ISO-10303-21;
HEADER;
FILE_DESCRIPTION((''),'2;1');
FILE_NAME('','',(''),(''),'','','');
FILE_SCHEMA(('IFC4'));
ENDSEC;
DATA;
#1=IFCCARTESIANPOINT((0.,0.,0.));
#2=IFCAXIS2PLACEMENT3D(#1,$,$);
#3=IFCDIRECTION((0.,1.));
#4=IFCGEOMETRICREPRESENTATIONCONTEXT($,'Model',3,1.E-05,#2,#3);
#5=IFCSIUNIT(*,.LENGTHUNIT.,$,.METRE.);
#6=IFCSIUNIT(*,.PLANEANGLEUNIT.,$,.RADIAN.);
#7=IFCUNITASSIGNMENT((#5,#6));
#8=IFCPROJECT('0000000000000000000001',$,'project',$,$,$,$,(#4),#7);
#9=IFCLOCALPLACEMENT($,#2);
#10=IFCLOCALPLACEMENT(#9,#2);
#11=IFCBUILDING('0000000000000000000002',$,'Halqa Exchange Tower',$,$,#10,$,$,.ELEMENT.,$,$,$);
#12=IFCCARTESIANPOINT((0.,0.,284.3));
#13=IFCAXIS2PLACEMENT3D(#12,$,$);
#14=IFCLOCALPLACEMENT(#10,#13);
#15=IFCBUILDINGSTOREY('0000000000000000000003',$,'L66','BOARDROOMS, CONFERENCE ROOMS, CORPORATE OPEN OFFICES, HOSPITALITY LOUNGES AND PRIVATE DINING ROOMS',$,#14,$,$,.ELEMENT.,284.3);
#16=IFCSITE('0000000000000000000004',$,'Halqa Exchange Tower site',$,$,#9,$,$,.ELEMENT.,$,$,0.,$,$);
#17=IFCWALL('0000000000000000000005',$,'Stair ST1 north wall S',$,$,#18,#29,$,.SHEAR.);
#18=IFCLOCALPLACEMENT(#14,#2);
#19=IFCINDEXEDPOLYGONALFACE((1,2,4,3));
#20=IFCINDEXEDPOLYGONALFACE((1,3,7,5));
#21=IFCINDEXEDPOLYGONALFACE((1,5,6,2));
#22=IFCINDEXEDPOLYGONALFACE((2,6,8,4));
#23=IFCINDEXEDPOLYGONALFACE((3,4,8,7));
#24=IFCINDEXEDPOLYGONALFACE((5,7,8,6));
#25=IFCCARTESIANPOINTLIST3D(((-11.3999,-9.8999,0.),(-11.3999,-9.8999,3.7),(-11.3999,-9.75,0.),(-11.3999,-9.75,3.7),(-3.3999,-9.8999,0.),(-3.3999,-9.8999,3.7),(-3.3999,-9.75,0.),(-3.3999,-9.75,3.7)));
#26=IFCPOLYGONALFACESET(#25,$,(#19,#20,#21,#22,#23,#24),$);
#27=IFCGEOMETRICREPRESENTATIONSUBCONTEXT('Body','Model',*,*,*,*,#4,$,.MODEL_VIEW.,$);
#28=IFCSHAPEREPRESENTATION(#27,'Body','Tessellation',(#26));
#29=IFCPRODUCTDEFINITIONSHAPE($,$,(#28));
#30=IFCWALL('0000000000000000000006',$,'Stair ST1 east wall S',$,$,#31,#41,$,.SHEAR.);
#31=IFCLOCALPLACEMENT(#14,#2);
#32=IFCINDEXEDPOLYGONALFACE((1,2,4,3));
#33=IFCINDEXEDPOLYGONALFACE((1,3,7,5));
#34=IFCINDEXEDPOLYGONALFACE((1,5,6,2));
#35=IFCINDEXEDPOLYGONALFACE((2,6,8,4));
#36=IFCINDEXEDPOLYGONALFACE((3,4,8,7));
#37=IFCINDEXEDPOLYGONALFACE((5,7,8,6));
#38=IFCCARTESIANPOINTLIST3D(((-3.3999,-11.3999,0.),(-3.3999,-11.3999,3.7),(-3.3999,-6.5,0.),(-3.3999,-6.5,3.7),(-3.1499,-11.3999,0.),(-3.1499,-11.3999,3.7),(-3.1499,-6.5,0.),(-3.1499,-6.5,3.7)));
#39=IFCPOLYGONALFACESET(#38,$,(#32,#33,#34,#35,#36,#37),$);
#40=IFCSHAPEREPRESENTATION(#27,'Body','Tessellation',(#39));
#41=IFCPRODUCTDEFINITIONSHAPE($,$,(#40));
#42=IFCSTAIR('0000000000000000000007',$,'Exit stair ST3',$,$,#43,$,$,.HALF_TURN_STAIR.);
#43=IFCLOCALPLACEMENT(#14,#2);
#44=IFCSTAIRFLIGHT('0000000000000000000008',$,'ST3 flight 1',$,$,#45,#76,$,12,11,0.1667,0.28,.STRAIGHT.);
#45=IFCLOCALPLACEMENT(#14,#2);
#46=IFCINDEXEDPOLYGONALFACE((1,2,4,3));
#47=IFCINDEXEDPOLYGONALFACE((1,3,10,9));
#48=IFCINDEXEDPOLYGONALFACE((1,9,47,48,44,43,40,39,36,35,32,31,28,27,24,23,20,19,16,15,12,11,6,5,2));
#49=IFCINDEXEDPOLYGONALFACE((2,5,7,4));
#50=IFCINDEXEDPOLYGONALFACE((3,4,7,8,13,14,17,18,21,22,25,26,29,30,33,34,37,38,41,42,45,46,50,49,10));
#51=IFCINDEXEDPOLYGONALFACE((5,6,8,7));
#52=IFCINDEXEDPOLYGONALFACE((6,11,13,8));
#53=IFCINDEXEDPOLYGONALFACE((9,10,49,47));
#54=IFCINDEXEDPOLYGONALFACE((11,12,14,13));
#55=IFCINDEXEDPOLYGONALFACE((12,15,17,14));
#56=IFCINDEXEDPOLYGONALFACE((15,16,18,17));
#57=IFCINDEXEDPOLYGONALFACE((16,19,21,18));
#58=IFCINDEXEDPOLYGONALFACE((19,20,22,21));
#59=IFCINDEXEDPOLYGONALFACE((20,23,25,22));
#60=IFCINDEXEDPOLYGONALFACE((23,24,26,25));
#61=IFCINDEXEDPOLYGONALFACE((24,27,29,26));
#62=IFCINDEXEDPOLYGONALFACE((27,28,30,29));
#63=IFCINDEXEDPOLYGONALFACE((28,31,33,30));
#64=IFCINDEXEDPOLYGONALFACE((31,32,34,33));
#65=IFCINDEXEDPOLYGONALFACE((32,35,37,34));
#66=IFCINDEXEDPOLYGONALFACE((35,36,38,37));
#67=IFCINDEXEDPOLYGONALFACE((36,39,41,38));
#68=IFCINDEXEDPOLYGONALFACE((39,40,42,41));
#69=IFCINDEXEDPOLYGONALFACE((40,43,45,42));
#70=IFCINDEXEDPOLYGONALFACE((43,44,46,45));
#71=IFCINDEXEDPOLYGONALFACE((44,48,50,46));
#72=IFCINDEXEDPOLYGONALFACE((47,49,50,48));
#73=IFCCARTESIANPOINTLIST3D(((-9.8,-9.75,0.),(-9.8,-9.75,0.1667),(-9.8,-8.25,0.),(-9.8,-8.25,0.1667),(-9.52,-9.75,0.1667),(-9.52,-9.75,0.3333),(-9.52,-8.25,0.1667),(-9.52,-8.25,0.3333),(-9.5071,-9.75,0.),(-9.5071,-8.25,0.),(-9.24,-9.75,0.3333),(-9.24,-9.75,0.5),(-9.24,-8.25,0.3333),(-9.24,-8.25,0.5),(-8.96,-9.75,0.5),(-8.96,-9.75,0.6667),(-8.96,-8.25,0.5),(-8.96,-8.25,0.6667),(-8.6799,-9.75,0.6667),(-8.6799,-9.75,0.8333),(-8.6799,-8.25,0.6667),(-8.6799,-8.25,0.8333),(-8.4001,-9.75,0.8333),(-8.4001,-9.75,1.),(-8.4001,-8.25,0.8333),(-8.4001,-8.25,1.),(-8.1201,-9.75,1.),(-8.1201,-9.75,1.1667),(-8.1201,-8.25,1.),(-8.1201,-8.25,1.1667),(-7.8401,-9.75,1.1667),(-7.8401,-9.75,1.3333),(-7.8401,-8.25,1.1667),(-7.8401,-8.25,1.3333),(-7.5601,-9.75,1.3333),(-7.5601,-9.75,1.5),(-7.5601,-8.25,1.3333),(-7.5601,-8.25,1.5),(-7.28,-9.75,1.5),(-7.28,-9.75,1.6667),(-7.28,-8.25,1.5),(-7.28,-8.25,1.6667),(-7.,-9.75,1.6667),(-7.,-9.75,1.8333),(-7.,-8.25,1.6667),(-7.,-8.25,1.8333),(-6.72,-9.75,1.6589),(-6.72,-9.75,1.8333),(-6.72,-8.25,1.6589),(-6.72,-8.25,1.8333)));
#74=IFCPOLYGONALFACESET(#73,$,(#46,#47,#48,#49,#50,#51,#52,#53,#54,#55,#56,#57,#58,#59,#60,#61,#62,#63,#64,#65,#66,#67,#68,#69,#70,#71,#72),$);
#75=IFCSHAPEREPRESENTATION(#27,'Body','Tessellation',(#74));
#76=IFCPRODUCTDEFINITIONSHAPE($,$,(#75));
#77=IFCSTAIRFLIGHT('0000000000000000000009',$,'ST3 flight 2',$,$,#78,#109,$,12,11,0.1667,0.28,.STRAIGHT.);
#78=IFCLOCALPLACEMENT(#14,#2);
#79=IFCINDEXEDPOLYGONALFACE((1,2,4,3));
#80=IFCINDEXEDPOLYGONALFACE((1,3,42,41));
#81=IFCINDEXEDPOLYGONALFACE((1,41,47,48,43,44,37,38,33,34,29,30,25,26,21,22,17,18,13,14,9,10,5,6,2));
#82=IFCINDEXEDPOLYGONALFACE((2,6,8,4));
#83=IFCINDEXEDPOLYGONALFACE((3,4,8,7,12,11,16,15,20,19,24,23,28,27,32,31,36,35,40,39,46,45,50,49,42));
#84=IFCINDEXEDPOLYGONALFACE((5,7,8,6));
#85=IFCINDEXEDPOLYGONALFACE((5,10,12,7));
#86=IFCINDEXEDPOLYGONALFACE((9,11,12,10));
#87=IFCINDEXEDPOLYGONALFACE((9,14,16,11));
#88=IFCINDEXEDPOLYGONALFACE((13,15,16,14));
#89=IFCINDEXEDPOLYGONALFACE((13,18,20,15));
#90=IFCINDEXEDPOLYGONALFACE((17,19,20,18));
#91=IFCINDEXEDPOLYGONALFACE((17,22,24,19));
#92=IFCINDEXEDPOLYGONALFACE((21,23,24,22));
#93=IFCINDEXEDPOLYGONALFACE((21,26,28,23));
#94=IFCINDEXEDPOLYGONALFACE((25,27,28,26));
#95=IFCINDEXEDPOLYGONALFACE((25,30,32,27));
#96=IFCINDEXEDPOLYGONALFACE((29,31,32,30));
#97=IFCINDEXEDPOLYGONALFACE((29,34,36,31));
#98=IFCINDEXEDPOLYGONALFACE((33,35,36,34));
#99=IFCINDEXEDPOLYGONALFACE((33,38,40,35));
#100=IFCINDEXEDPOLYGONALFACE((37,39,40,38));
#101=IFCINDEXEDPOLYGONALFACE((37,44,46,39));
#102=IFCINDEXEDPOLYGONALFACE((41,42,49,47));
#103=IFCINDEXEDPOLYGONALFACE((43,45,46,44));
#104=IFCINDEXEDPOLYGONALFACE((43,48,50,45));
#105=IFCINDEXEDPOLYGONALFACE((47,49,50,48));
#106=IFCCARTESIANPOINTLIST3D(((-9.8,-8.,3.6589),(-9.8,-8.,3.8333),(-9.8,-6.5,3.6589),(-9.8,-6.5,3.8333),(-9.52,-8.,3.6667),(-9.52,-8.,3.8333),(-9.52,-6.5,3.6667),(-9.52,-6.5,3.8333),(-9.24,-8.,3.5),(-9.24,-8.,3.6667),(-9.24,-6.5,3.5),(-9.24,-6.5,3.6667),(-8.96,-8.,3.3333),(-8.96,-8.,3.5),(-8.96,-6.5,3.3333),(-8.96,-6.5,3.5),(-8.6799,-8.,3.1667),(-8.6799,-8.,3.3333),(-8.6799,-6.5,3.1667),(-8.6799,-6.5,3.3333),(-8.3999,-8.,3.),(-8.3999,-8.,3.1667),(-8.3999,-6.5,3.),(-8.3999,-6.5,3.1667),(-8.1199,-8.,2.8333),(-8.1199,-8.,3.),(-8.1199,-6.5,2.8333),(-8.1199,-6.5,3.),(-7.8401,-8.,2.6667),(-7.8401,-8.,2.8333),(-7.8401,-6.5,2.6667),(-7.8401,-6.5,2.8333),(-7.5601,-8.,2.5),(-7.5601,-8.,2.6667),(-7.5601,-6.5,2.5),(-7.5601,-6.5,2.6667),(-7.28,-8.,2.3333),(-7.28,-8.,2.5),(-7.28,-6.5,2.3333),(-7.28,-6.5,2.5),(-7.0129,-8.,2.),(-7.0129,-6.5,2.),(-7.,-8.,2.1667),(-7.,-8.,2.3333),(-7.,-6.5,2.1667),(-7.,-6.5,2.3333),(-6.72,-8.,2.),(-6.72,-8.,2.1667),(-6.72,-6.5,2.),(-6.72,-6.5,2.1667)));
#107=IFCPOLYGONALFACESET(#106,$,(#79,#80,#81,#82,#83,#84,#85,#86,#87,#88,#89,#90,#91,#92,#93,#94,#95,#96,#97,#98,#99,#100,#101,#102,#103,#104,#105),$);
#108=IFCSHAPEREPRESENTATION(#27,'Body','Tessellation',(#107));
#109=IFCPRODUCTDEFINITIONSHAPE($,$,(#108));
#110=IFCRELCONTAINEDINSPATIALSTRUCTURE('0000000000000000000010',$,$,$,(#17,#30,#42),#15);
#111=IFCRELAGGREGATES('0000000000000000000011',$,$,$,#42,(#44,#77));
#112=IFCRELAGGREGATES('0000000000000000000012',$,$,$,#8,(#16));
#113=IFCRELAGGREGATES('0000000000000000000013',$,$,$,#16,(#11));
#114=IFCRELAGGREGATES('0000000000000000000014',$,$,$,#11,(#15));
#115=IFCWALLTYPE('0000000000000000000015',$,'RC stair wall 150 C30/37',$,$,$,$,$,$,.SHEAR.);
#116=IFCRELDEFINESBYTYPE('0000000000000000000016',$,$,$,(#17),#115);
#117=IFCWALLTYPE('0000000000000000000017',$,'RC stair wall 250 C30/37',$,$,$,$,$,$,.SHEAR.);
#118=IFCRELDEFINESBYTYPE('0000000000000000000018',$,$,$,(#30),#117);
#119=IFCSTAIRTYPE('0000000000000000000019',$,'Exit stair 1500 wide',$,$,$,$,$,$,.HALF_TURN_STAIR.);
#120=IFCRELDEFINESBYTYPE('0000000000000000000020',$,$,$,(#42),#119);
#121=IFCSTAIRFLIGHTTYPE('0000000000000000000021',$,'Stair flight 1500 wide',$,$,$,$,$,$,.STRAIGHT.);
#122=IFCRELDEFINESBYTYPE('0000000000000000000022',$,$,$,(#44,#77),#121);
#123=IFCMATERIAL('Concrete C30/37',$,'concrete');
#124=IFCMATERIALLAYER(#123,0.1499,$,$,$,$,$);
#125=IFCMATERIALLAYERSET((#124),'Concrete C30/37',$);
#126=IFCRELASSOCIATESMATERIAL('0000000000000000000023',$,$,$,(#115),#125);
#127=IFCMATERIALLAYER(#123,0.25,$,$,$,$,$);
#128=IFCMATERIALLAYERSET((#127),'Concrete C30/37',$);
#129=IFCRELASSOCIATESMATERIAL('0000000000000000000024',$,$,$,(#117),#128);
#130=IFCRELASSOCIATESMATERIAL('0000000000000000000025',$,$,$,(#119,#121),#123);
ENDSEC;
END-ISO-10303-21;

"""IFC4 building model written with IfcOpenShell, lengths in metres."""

from ifc_helpers import new_model, si_unit, direction, frame, frame_2d, origin, place, context, subcontext, project, spatial, polyline, rectangle, outline, extrude, material, layer, layer_set, type_object, element, aggregate, save


model = new_model("IFC4")

# Units and contexts
model_context = context("Model", 3, precision=1e-05, world=origin(), true_north=direction((0.0, 1.0)))
body_context = subcontext(model_context, "Body", "Model", "MODEL_VIEW")
ifc_project = project(units=[si_unit("LENGTHUNIT", "METRE"), si_unit("PLANEANGLEUNIT", "RADIAN")], contexts=[model_context])

# Site, building, storey
site_placement = place(None, origin())
site = spatial("IfcSite", under=ifc_project, at=site_placement, Name="Halqa Exchange Tower site", CompositionType="ELEMENT", RefElevation=0.0)
building_placement = place(site_placement, origin())
building = spatial("IfcBuilding", under=site, at=building_placement, Name="Halqa Exchange Tower", CompositionType="ELEMENT")
storey_placement = place(building_placement, frame((0.0, 0.0, 284.3)))
storey = spatial("IfcBuildingStorey", under=building, at=storey_placement, Name="L66", Description="BOARDROOMS, CONFERENCE ROOMS, CORPORATE OPEN OFFICES, HOSPITALITY LOUNGES AND PRIVATE DINING ROOMS", CompositionType="ELEMENT", Elevation=284.3)

# Walls
ifc_material_1 = material(Name="Concrete C30/37", Category="concrete")
ifc_layer_1 = layer(ifc_material_1, 0.1499)
ifc_layer_set_1 = layer_set([ifc_layer_1], Name="Concrete C30/37")
wall_type_1 = type_object("IfcWallType", Name="RC stair wall 150 C30/37", PredefinedType="SHEAR", material=ifc_layer_set_1)
wall_1_placement = place(storey_placement, frame((-11.3999, -9.825, 0.0), z_axis=(0.0, 0.0, 1.0), x_axis=(1.0, 0.0, 0.0)))
element("IfcWall", 1, at=wall_1_placement, inside=storey, type_object=wall_type_1, Name="Stair ST1 north wall S", PredefinedType="SHEAR", context=body_context, shape_type="SweptSolid", body=[
    extrude(rectangle(XDim=8.0, YDim=0.1499, at=frame_2d((4.0, 0.0))), origin(), (0.0, 0.0, 1.0), 3.7),
])
ifc_layer_2 = layer(ifc_material_1, 0.25)
ifc_layer_set_2 = layer_set([ifc_layer_2], Name="Concrete C30/37")
wall_type_2 = type_object("IfcWallType", Name="RC stair wall 250 C30/37", PredefinedType="SHEAR", material=ifc_layer_set_2)
wall_2_placement = place(storey_placement, frame((-3.2749, -11.3999, 0.0), z_axis=(0.0, 0.0, 1.0), x_axis=(0.0, 1.0, 0.0)))
element("IfcWall", 2, at=wall_2_placement, inside=storey, type_object=wall_type_2, Name="Stair ST1 east wall S", PredefinedType="SHEAR", context=body_context, shape_type="SweptSolid", body=[
    extrude(rectangle(XDim=4.8999, YDim=0.25, at=frame_2d((2.45, 0.0))), origin(), (0.0, 0.0, 1.0), 3.7),
])

# Stair, stair flights
stair_type = type_object("IfcStairType", Name="Exit stair 1500 wide", PredefinedType="HALF_TURN_STAIR", material=ifc_material_1)
stair_placement = place(storey_placement, origin())
stair = element("IfcStair", 3, at=stair_placement, inside=storey, type_object=stair_type, Name="Exit stair ST3", PredefinedType="HALF_TURN_STAIR")
stair_flight_type = type_object("IfcStairFlightType", Name="Stair flight 1500 wide", PredefinedType="STRAIGHT", material=ifc_material_1)
stair_flight_1_placement = place(storey_placement, frame((-9.8, -9.0, 0.0), z_axis=(0.0, 0.0, 1.0), x_axis=(1.0, 0.0, 0.0)))
stair_flight_1 = element("IfcStairFlight", 4, at=stair_flight_1_placement, type_object=stair_flight_type, Name="ST3 flight 1", NumberOfRisers=12, NumberOfTreads=11, PredefinedType="STRAIGHT", RiserHeight=0.1667, TreadLength=0.28, context=body_context, shape_type="SweptSolid", body=[
    extrude(outline(polyline([(0.0, 0.0), (0.0, 0.1667), (0.28, 0.1667), (0.28, 0.3333), (0.5601, 0.3333), (0.5601, 0.5), (0.8401, 0.5), (0.8401, 0.6667), (1.1201, 0.6667), (1.1201, 0.8333), (1.3999, 0.8333), (1.3999, 1.0), (1.6799, 1.0), (1.6799, 1.1667), (1.96, 1.1667), (1.96, 1.3333), (2.24, 1.3333), (2.24, 1.5), (2.52, 1.5), (2.52, 1.6667), (2.8, 1.6667), (2.8, 1.8333), (3.0801, 1.8333), (3.0801, 2.0), (3.0801, 1.6589), (0.293, 0.0), (0.0, 0.0)])), frame((0.0, 0.75, 0.0), z_axis=(0.0, -1.0, 0.0), x_axis=(1.0, 0.0, 0.0)), (0.0, 0.0, 1.0), 1.5),
])
stair_flight_2_placement = place(storey_placement, frame((-6.72, -7.25, 2.0), z_axis=(0.0, 0.0, 1.0), x_axis=(-1.0, 0.0, 0.0)))
stair_flight_2 = element("IfcStairFlight", 5, at=stair_flight_2_placement, type_object=stair_flight_type, Name="ST3 flight 2", NumberOfRisers=12, NumberOfTreads=11, PredefinedType="STRAIGHT", RiserHeight=0.1667, TreadLength=0.28, context=body_context, shape_type="SweptSolid", body=[
    extrude(outline(polyline([(0.0, 0.0), (0.0, 0.1667), (0.28, 0.1667), (0.28, 0.3333), (0.5601, 0.3333), (0.5601, 0.5), (0.8401, 0.5), (0.8401, 0.6667), (1.1201, 0.6667), (1.1201, 0.8333), (1.3999, 0.8333), (1.3999, 1.0), (1.6799, 1.0), (1.6799, 1.1667), (1.96, 1.1667), (1.96, 1.3333), (2.24, 1.3333), (2.24, 1.5), (2.52, 1.5), (2.52, 1.6667), (2.8, 1.6667), (2.8, 1.8333), (3.0801, 1.8333), (3.0801, 2.0), (3.0801, 1.6589), (0.293, 0.0), (0.0, 0.0)])), frame((0.0, 0.75, 0.0), z_axis=(0.0, -1.0, 0.0), x_axis=(1.0, 0.0, 0.0)), (0.0, 0.0, 1.0), 1.5),
])
aggregate(stair, [stair_flight_1, stair_flight_2])

save(model, "model.ifc")
